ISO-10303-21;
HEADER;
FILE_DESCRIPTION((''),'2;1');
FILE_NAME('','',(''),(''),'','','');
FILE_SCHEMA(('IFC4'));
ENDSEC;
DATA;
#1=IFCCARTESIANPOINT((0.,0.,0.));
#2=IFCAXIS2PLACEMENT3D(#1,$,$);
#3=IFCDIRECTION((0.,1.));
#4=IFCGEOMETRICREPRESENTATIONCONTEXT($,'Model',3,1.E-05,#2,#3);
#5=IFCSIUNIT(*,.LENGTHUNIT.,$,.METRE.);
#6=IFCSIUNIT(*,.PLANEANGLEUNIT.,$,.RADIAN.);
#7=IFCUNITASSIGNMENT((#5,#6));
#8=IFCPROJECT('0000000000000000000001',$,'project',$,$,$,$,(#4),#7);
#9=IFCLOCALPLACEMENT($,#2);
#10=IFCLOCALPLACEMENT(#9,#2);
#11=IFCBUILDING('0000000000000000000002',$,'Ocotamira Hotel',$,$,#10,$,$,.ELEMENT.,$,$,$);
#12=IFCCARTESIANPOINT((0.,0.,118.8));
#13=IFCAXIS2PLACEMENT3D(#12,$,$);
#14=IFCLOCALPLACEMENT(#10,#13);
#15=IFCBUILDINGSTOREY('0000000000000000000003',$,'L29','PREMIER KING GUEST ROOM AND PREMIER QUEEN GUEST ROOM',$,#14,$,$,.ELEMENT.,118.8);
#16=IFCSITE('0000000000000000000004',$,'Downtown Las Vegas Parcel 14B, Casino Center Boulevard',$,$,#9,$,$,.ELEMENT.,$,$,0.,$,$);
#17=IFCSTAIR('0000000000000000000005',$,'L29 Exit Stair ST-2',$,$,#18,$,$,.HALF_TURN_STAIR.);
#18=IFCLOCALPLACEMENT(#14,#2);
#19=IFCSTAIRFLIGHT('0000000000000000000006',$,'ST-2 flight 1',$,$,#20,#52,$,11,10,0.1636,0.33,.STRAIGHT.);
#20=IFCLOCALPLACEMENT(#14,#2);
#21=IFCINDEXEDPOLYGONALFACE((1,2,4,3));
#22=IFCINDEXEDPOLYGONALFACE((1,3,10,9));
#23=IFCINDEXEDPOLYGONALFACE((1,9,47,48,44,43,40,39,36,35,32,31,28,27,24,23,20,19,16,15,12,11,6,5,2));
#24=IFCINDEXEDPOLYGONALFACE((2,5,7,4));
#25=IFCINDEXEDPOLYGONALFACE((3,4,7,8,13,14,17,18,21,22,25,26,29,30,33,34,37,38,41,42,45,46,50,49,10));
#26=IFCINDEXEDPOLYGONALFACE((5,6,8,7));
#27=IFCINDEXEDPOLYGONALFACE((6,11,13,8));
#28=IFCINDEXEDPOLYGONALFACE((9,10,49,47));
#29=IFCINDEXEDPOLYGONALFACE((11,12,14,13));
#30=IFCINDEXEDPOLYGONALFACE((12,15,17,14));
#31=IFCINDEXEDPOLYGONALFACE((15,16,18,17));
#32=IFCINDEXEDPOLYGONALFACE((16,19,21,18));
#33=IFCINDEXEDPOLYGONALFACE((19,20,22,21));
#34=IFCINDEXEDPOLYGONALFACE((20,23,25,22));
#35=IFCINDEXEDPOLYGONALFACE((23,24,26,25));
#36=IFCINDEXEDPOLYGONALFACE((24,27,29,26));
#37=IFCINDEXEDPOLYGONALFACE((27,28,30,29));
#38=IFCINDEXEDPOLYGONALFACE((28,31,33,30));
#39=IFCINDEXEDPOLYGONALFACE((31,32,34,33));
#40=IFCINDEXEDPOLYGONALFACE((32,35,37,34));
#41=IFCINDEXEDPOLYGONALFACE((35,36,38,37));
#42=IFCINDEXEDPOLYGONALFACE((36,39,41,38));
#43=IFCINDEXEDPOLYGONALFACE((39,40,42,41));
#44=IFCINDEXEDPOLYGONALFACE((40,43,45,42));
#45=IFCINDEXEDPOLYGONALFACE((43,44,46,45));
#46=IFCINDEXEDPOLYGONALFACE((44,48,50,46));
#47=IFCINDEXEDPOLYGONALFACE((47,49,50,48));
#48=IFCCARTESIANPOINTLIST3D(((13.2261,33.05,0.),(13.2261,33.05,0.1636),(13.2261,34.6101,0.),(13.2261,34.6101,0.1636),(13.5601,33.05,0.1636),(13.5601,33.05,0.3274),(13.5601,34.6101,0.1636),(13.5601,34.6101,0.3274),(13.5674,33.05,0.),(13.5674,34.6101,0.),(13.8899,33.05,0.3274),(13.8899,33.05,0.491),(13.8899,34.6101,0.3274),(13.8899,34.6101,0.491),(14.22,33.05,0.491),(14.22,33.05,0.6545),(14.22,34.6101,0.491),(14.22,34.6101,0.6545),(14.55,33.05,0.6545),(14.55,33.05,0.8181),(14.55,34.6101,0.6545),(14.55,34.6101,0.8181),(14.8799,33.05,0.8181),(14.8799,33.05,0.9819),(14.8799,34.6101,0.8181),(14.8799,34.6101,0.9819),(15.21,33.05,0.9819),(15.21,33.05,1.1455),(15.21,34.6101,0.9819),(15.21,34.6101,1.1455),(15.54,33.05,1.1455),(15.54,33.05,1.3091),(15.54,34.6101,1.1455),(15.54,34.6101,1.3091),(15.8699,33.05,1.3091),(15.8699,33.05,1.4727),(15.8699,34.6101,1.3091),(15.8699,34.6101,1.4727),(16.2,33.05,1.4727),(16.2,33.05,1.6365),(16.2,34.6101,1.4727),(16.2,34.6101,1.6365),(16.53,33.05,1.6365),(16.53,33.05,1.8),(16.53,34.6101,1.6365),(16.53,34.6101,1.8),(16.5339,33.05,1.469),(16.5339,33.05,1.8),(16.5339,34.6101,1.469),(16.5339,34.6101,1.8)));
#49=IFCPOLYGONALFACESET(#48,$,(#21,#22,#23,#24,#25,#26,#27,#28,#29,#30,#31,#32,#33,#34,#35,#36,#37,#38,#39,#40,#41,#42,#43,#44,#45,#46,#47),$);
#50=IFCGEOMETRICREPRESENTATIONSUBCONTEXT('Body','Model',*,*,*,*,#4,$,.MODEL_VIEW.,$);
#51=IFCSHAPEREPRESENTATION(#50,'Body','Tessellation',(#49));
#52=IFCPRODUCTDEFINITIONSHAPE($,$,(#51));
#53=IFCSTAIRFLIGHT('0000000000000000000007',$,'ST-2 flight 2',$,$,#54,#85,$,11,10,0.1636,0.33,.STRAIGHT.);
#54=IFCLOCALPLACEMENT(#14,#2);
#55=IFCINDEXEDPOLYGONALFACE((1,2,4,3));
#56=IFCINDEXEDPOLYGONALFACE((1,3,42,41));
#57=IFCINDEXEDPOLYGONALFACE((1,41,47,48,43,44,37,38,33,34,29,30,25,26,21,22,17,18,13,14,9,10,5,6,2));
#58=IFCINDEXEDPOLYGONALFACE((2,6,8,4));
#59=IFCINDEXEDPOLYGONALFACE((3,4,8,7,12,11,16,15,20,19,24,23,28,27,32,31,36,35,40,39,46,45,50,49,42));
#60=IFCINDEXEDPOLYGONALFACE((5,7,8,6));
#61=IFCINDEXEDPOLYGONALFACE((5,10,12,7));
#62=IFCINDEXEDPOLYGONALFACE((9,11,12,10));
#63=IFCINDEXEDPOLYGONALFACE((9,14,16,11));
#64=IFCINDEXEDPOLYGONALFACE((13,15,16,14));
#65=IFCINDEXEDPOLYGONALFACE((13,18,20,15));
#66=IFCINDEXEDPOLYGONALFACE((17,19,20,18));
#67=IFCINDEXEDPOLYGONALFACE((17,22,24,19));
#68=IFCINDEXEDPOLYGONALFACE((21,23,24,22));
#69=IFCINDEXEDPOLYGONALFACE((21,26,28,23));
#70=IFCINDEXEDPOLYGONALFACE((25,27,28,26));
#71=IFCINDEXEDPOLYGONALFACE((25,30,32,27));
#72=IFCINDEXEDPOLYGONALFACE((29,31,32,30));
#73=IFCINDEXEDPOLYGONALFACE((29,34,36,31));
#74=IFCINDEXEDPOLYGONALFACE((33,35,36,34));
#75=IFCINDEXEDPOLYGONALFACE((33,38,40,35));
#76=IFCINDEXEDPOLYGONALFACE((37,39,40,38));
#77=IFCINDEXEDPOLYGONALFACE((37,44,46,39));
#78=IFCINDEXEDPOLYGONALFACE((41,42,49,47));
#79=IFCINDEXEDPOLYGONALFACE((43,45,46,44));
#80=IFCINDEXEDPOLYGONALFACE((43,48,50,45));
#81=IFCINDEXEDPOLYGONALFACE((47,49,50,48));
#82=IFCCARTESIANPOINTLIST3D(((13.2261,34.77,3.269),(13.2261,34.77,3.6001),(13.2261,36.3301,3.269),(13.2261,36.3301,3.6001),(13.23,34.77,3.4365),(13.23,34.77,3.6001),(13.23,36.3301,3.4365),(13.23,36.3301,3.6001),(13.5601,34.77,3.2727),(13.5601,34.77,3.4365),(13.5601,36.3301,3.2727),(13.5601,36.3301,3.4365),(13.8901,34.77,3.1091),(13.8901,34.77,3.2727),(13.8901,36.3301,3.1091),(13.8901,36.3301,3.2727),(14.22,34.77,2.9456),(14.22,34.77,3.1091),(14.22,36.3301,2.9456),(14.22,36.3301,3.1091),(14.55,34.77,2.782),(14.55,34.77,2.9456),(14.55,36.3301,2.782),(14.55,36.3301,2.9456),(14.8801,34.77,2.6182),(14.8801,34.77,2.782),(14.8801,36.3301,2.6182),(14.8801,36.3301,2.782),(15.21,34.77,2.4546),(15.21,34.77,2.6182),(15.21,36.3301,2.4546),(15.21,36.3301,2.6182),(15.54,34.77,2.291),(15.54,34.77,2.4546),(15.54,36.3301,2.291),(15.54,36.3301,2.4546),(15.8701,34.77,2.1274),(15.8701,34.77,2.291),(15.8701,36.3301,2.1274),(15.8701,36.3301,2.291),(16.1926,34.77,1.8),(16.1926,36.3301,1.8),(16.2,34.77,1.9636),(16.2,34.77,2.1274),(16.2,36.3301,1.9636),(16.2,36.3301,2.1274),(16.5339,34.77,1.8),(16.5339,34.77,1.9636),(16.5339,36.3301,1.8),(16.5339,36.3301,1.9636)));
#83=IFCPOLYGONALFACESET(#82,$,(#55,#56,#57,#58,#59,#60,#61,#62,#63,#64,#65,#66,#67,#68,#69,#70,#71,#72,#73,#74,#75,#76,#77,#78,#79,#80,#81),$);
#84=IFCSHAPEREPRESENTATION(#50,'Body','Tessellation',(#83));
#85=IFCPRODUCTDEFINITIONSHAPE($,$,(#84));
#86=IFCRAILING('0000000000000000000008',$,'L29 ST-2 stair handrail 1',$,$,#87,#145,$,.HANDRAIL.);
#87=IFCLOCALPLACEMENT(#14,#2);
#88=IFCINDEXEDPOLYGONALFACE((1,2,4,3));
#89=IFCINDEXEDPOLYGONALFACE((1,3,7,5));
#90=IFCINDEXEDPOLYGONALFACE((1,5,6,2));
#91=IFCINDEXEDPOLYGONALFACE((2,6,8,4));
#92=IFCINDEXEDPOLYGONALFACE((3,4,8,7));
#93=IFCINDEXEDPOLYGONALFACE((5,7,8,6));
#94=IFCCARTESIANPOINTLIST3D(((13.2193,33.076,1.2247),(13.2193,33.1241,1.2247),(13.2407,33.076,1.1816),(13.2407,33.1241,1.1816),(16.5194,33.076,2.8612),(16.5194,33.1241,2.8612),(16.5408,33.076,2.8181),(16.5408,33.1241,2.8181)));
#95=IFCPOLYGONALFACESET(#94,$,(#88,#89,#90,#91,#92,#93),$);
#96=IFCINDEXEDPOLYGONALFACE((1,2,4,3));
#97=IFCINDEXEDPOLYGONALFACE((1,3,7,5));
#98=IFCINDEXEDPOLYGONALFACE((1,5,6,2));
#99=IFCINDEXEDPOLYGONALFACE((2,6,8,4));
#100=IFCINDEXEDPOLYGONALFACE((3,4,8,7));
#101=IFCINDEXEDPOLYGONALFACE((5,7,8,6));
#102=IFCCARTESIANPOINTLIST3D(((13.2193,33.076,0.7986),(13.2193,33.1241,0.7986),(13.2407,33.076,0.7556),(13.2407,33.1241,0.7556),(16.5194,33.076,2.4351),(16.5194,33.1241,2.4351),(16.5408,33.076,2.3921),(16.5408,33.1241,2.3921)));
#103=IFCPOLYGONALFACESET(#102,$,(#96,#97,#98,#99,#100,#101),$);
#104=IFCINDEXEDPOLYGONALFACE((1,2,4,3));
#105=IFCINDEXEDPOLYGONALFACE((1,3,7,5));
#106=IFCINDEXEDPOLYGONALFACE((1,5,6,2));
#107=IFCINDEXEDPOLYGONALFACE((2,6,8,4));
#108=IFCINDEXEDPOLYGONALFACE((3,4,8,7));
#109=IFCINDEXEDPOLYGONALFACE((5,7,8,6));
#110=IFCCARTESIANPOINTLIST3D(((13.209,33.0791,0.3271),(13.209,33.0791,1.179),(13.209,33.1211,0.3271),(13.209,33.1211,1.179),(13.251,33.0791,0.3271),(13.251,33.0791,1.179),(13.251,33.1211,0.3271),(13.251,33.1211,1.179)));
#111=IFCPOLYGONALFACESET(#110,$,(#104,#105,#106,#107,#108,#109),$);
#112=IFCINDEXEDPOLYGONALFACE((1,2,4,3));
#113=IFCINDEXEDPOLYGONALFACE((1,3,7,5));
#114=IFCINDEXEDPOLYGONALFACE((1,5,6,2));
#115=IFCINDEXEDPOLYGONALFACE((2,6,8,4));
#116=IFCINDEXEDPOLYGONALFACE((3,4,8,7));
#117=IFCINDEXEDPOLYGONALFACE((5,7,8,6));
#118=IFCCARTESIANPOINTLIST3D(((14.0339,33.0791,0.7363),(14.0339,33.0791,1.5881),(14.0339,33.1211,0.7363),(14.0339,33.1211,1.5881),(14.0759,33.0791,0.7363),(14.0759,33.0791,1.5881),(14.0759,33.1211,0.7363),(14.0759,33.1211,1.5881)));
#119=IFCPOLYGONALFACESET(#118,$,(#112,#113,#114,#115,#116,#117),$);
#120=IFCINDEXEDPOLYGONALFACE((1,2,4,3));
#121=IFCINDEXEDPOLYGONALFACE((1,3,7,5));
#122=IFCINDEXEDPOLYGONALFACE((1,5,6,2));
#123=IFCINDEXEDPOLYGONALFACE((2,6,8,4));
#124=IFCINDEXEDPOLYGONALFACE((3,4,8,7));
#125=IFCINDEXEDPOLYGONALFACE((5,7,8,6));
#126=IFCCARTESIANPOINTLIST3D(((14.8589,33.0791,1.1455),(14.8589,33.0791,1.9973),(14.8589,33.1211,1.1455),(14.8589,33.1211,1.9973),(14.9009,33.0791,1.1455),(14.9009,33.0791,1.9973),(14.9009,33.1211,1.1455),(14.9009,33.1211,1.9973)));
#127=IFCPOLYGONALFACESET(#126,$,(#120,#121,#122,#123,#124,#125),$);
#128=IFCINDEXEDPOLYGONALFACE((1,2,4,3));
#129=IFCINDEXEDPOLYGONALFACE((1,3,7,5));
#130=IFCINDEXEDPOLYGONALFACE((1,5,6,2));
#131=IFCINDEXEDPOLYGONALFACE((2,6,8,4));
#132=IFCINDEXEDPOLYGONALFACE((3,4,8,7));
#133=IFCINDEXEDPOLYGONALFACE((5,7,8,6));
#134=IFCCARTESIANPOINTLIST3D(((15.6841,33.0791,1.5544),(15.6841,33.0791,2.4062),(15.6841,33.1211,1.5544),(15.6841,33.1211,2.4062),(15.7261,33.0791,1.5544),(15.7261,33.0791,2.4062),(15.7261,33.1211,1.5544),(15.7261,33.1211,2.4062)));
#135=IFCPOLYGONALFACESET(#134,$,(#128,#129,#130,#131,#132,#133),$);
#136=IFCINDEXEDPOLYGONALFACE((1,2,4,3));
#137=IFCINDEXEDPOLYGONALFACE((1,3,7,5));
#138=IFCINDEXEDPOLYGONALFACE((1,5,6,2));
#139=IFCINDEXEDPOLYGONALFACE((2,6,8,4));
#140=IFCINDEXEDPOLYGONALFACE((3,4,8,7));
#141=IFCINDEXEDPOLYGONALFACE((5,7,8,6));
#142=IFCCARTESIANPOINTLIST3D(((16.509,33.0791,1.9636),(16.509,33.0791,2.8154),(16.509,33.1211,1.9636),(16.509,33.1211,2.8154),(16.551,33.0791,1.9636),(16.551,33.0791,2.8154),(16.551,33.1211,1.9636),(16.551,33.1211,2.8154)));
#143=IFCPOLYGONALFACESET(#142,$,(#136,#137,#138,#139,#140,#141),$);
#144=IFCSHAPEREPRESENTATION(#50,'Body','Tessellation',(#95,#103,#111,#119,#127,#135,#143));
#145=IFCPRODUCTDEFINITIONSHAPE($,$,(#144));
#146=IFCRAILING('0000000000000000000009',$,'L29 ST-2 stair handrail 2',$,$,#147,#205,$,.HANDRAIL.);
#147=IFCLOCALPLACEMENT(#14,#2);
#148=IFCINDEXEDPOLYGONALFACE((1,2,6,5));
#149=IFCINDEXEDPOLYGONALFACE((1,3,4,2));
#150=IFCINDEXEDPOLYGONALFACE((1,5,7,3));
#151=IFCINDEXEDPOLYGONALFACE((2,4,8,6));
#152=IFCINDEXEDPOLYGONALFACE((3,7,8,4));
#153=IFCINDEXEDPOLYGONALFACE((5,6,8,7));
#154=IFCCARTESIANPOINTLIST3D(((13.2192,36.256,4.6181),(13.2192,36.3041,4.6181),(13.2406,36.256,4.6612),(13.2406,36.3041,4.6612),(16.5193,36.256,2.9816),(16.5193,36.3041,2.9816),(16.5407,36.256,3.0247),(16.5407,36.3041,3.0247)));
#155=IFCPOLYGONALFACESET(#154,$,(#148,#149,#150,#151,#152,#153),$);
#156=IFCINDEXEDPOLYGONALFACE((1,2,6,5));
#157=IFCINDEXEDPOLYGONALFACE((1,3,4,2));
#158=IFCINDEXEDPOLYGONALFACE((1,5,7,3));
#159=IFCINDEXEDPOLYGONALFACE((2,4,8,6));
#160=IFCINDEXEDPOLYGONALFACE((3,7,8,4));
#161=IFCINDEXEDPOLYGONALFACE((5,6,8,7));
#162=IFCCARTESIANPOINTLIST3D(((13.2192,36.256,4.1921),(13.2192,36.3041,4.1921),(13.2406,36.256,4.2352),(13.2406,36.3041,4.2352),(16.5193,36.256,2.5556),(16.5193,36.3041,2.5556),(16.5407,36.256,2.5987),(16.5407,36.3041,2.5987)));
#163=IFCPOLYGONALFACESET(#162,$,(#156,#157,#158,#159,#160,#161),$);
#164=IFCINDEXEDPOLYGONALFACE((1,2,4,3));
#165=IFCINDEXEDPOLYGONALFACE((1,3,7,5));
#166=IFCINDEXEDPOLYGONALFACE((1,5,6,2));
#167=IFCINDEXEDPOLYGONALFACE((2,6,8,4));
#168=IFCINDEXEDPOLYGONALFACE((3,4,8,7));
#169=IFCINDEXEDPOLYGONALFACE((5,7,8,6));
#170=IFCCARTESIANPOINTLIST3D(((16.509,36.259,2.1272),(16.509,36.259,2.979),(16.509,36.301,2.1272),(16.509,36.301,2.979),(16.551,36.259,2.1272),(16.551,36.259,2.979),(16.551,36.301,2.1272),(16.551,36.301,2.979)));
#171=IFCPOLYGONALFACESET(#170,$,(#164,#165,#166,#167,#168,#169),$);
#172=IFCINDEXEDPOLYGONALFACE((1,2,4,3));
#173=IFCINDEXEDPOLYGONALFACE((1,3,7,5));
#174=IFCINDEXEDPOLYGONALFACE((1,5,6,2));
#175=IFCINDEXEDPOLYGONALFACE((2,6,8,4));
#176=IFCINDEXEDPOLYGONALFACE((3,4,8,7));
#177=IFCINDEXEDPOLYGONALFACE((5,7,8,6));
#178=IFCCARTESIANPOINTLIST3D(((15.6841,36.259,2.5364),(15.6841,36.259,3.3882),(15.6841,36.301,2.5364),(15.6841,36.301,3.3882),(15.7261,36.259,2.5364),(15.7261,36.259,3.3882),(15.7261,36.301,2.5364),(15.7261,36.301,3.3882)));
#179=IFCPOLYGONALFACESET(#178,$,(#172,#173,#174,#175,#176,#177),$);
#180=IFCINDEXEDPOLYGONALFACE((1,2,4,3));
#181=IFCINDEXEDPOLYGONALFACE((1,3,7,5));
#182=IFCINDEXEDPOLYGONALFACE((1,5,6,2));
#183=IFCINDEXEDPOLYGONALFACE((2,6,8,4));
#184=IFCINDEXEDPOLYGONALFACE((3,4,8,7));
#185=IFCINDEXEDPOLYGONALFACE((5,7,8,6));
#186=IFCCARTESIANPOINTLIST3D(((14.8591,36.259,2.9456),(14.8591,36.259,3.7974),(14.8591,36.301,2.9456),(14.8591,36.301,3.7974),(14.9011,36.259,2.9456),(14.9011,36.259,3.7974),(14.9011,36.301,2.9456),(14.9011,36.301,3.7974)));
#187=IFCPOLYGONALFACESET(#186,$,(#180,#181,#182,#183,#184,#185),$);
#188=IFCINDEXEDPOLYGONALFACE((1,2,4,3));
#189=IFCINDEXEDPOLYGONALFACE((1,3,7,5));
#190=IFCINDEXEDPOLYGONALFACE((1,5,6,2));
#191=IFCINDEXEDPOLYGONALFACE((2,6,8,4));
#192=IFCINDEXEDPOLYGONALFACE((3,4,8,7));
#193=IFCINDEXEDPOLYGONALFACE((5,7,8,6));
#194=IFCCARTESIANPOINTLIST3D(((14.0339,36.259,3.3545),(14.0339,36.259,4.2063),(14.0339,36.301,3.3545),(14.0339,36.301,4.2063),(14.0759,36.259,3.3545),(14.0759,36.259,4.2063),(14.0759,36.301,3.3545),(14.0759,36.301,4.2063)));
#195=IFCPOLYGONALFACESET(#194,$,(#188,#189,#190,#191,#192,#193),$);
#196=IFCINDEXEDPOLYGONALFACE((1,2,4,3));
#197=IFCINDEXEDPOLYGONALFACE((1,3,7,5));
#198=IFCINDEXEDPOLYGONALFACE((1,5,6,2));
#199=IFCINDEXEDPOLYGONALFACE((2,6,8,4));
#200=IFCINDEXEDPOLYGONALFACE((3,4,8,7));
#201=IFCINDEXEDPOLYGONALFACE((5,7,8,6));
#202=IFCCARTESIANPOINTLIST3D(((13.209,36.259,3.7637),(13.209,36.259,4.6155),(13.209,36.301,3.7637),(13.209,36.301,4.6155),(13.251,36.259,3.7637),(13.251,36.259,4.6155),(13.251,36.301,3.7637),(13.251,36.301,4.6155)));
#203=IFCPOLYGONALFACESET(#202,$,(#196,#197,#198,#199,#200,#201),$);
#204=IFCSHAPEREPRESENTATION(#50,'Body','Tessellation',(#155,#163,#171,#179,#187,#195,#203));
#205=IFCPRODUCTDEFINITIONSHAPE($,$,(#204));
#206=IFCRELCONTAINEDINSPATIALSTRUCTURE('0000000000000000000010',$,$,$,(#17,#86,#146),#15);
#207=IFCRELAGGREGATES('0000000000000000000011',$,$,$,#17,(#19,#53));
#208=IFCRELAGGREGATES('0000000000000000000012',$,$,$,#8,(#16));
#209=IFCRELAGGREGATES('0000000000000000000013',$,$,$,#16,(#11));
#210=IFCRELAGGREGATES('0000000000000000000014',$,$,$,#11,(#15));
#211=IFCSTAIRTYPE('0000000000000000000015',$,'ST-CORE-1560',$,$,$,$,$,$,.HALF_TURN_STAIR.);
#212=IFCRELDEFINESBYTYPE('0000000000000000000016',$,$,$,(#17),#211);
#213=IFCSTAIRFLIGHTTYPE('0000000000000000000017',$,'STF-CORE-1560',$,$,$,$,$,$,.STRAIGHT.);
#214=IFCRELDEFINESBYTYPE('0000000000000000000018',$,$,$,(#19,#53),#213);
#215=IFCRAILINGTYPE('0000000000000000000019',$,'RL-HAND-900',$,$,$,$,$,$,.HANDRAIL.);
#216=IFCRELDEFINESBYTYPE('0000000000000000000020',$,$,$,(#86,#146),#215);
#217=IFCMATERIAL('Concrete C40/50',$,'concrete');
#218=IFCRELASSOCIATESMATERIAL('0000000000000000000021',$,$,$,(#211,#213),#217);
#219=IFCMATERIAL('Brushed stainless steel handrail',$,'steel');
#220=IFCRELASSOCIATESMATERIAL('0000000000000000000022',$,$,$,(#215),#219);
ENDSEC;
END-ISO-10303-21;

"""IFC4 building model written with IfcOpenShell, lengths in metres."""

from ifc_helpers import new_model, si_unit, direction, frame, origin, origin_2d, place, context, subcontext, project, spatial, polyline, rectangle, outline, extrude, source, transform, mapped, material, type_object, element, aggregate, save


model = new_model("IFC4")

# Units and contexts
model_context = context("Model", 3, precision=1e-05, world=origin(), true_north=direction((0.0, 1.0)))
body_context = subcontext(model_context, "Body", "Model", "MODEL_VIEW")
ifc_project = project(units=[si_unit("LENGTHUNIT", "METRE"), si_unit("PLANEANGLEUNIT", "RADIAN")], contexts=[model_context])

# Site, building, storey
site_placement = place(None, origin())
site = spatial("IfcSite", under=ifc_project, at=site_placement, Name="Downtown Las Vegas Parcel 14B, Casino Center Boulevard", CompositionType="ELEMENT", RefElevation=0.0)
building_placement = place(site_placement, origin())
building = spatial("IfcBuilding", under=site, at=building_placement, Name="Ocotamira Hotel", CompositionType="ELEMENT")
storey_placement = place(building_placement, frame((0.0, 0.0, 118.8)))
storey = spatial("IfcBuildingStorey", under=building, at=storey_placement, Name="L29", Description="PREMIER KING GUEST ROOM AND PREMIER QUEEN GUEST ROOM", CompositionType="ELEMENT", Elevation=118.8)

# Stair, stair flights
ifc_material_1 = material(Name="Concrete C40/50", Category="concrete")
stair_type = type_object("IfcStairType", Name="ST-CORE-1560", PredefinedType="HALF_TURN_STAIR", material=ifc_material_1)
stair_placement = place(storey_placement, origin())
stair = element("IfcStair", 1, at=stair_placement, inside=storey, type_object=stair_type, Name="L29 Exit Stair ST-2", PredefinedType="HALF_TURN_STAIR")
stair_flight_type = type_object("IfcStairFlightType", Name="STF-CORE-1560", PredefinedType="STRAIGHT", material=ifc_material_1)
shared_shape_1 = source(origin(), body_context, "Body", "SweptSolid", [
    extrude(outline(polyline([(-0.0039, 0.0), (-0.0039, 0.1636), (0.3301, 0.1636), (0.3301, 0.3274), (0.6599, 0.3274), (0.6599, 0.491), (0.99, 0.491), (0.99, 0.6545), (1.3201, 0.6545), (1.3201, 0.8181), (1.6499, 0.8181), (1.6499, 0.9819), (1.98, 0.9819), (1.98, 1.1455), (2.3101, 1.1455), (2.3101, 1.3091), (2.6399, 1.3091), (2.6399, 1.4727), (2.97, 1.4727), (2.97, 1.6365), (3.3, 1.6365), (3.3, 1.8), (3.304, 1.8), (3.304, 1.469), (0.3374, 0.0), (-0.0039, 0.0)])), frame((0.0, 0.78, 0.0), z_axis=(0.0, -1.0, 0.0), x_axis=(1.0, 0.0, 0.0)), (0.0, 0.0, 1.0), 1.5601),
])
stair_flight_1_placement = place(storey_placement, frame((13.23, 33.8301, 0.0), z_axis=(0.0, 0.0, 1.0), x_axis=(1.0, 0.0, 0.0)))
stair_flight_1 = element("IfcStairFlight", 2, at=stair_flight_1_placement, type_object=stair_flight_type, Name="ST-2 flight 1", NumberOfRisers=11, NumberOfTreads=10, PredefinedType="STRAIGHT", RiserHeight=0.1636, TreadLength=0.33, context=body_context, shape_type="MappedRepresentation", body=[
    mapped(shared_shape_1, transform((0.0, 0.0, 0.0), scale=1.0)),
])
stair_flight_2_placement = place(storey_placement, frame((16.53, 35.55, 1.8), z_axis=(0.0, 0.0, 1.0), x_axis=(-1.0, 0.0, 0.0)))
stair_flight_2 = element("IfcStairFlight", 3, at=stair_flight_2_placement, type_object=stair_flight_type, Name="ST-2 flight 2", NumberOfRisers=11, NumberOfTreads=10, PredefinedType="STRAIGHT", RiserHeight=0.1636, TreadLength=0.33, context=body_context, shape_type="MappedRepresentation", body=[
    mapped(shared_shape_1, transform((0.0, 0.0, 0.0), scale=1.0)),
])
aggregate(stair, [stair_flight_1, stair_flight_2])

# Railings
ifc_material_2 = material(Name="Brushed stainless steel handrail", Category="steel")
railing_type_1 = type_object("IfcRailingType", Name="RL-HAND-900", PredefinedType="HANDRAIL", material=ifc_material_2)
railing_1_placement = place(storey_placement, frame((13.23, 33.1001, 0.3271)))
element("IfcRailing", 4, at=railing_1_placement, inside=storey, type_object=railing_type_1, Name="L29 ST-2 stair handrail 1", PredefinedType="HANDRAIL", context=body_context, shape_type="SweptSolid", body=[
    extrude(rectangle(XDim=0.0481, YDim=0.0481, at=origin_2d()), frame((0.0, 0.0, 0.876), z_axis=(0.895894, 0.0, 0.444268), x_axis=(0.0, 1.0, 0.0)), (0.0, 0.0, 1.0), 3.6836),
    extrude(rectangle(XDim=0.0481, YDim=0.0481, at=origin_2d()), frame((0.0, 0.0, 0.45), z_axis=(0.895894, 0.0, 0.444268), x_axis=(0.0, 1.0, 0.0)), (0.0, 0.0, 1.0), 3.6836),
    extrude(rectangle(XDim=0.042, YDim=0.042, at=origin_2d()), origin(), (0.0, 0.0, 1.0), 0.8518),
    extrude(rectangle(XDim=0.042, YDim=0.042, at=origin_2d()), frame((0.825, 0.0, 0.4092)), (0.0, 0.0, 1.0), 0.8518),
    extrude(rectangle(XDim=0.042, YDim=0.042, at=origin_2d()), frame((1.6499, 0.0, 0.8184)), (0.0, 0.0, 1.0), 0.8518),
    extrude(rectangle(XDim=0.042, YDim=0.042, at=origin_2d()), frame((2.4751, 0.0, 1.2273)), (0.0, 0.0, 1.0), 0.8518),
    extrude(rectangle(XDim=0.042, YDim=0.042, at=origin_2d()), frame((3.3, 0.0, 1.6365)), (0.0, 0.0, 1.0), 0.8518),
])
railing_2_placement = place(storey_placement, frame((16.53, 36.28, 2.1272)))
element("IfcRailing", 5, at=railing_2_placement, inside=storey, type_object=railing_type_1, Name="L29 ST-2 stair handrail 2", PredefinedType="HANDRAIL", context=body_context, shape_type="SweptSolid", body=[
    extrude(rectangle(XDim=0.0481, YDim=0.0481, at=origin_2d()), frame((0.0, 0.0, 0.876), z_axis=(-0.895894, 0.0, 0.444268), x_axis=(0.0, -1.0, 0.0)), (0.0, 0.0, 1.0), 3.6836),
    extrude(rectangle(XDim=0.0481, YDim=0.0481, at=origin_2d()), frame((0.0, 0.0, 0.45), z_axis=(-0.895894, 0.0, 0.444268), x_axis=(0.0, -1.0, 0.0)), (0.0, 0.0, 1.0), 3.6836),
    extrude(rectangle(XDim=0.042, YDim=0.042, at=origin_2d()), origin(), (0.0, 0.0, 1.0), 0.8518),
    extrude(rectangle(XDim=0.042, YDim=0.042, at=origin_2d()), frame((-0.825, 0.0, 0.4092)), (0.0, 0.0, 1.0), 0.8518),
    extrude(rectangle(XDim=0.042, YDim=0.042, at=origin_2d()), frame((-1.6499, 0.0, 0.8184)), (0.0, 0.0, 1.0), 0.8518),
    extrude(rectangle(XDim=0.042, YDim=0.042, at=origin_2d()), frame((-2.4751, 0.0, 1.2273)), (0.0, 0.0, 1.0), 0.8518),
    extrude(rectangle(XDim=0.042, YDim=0.042, at=origin_2d()), frame((-3.3, 0.0, 1.6365)), (0.0, 0.0, 1.0), 0.8518),
])

save(model, "model.ifc")
